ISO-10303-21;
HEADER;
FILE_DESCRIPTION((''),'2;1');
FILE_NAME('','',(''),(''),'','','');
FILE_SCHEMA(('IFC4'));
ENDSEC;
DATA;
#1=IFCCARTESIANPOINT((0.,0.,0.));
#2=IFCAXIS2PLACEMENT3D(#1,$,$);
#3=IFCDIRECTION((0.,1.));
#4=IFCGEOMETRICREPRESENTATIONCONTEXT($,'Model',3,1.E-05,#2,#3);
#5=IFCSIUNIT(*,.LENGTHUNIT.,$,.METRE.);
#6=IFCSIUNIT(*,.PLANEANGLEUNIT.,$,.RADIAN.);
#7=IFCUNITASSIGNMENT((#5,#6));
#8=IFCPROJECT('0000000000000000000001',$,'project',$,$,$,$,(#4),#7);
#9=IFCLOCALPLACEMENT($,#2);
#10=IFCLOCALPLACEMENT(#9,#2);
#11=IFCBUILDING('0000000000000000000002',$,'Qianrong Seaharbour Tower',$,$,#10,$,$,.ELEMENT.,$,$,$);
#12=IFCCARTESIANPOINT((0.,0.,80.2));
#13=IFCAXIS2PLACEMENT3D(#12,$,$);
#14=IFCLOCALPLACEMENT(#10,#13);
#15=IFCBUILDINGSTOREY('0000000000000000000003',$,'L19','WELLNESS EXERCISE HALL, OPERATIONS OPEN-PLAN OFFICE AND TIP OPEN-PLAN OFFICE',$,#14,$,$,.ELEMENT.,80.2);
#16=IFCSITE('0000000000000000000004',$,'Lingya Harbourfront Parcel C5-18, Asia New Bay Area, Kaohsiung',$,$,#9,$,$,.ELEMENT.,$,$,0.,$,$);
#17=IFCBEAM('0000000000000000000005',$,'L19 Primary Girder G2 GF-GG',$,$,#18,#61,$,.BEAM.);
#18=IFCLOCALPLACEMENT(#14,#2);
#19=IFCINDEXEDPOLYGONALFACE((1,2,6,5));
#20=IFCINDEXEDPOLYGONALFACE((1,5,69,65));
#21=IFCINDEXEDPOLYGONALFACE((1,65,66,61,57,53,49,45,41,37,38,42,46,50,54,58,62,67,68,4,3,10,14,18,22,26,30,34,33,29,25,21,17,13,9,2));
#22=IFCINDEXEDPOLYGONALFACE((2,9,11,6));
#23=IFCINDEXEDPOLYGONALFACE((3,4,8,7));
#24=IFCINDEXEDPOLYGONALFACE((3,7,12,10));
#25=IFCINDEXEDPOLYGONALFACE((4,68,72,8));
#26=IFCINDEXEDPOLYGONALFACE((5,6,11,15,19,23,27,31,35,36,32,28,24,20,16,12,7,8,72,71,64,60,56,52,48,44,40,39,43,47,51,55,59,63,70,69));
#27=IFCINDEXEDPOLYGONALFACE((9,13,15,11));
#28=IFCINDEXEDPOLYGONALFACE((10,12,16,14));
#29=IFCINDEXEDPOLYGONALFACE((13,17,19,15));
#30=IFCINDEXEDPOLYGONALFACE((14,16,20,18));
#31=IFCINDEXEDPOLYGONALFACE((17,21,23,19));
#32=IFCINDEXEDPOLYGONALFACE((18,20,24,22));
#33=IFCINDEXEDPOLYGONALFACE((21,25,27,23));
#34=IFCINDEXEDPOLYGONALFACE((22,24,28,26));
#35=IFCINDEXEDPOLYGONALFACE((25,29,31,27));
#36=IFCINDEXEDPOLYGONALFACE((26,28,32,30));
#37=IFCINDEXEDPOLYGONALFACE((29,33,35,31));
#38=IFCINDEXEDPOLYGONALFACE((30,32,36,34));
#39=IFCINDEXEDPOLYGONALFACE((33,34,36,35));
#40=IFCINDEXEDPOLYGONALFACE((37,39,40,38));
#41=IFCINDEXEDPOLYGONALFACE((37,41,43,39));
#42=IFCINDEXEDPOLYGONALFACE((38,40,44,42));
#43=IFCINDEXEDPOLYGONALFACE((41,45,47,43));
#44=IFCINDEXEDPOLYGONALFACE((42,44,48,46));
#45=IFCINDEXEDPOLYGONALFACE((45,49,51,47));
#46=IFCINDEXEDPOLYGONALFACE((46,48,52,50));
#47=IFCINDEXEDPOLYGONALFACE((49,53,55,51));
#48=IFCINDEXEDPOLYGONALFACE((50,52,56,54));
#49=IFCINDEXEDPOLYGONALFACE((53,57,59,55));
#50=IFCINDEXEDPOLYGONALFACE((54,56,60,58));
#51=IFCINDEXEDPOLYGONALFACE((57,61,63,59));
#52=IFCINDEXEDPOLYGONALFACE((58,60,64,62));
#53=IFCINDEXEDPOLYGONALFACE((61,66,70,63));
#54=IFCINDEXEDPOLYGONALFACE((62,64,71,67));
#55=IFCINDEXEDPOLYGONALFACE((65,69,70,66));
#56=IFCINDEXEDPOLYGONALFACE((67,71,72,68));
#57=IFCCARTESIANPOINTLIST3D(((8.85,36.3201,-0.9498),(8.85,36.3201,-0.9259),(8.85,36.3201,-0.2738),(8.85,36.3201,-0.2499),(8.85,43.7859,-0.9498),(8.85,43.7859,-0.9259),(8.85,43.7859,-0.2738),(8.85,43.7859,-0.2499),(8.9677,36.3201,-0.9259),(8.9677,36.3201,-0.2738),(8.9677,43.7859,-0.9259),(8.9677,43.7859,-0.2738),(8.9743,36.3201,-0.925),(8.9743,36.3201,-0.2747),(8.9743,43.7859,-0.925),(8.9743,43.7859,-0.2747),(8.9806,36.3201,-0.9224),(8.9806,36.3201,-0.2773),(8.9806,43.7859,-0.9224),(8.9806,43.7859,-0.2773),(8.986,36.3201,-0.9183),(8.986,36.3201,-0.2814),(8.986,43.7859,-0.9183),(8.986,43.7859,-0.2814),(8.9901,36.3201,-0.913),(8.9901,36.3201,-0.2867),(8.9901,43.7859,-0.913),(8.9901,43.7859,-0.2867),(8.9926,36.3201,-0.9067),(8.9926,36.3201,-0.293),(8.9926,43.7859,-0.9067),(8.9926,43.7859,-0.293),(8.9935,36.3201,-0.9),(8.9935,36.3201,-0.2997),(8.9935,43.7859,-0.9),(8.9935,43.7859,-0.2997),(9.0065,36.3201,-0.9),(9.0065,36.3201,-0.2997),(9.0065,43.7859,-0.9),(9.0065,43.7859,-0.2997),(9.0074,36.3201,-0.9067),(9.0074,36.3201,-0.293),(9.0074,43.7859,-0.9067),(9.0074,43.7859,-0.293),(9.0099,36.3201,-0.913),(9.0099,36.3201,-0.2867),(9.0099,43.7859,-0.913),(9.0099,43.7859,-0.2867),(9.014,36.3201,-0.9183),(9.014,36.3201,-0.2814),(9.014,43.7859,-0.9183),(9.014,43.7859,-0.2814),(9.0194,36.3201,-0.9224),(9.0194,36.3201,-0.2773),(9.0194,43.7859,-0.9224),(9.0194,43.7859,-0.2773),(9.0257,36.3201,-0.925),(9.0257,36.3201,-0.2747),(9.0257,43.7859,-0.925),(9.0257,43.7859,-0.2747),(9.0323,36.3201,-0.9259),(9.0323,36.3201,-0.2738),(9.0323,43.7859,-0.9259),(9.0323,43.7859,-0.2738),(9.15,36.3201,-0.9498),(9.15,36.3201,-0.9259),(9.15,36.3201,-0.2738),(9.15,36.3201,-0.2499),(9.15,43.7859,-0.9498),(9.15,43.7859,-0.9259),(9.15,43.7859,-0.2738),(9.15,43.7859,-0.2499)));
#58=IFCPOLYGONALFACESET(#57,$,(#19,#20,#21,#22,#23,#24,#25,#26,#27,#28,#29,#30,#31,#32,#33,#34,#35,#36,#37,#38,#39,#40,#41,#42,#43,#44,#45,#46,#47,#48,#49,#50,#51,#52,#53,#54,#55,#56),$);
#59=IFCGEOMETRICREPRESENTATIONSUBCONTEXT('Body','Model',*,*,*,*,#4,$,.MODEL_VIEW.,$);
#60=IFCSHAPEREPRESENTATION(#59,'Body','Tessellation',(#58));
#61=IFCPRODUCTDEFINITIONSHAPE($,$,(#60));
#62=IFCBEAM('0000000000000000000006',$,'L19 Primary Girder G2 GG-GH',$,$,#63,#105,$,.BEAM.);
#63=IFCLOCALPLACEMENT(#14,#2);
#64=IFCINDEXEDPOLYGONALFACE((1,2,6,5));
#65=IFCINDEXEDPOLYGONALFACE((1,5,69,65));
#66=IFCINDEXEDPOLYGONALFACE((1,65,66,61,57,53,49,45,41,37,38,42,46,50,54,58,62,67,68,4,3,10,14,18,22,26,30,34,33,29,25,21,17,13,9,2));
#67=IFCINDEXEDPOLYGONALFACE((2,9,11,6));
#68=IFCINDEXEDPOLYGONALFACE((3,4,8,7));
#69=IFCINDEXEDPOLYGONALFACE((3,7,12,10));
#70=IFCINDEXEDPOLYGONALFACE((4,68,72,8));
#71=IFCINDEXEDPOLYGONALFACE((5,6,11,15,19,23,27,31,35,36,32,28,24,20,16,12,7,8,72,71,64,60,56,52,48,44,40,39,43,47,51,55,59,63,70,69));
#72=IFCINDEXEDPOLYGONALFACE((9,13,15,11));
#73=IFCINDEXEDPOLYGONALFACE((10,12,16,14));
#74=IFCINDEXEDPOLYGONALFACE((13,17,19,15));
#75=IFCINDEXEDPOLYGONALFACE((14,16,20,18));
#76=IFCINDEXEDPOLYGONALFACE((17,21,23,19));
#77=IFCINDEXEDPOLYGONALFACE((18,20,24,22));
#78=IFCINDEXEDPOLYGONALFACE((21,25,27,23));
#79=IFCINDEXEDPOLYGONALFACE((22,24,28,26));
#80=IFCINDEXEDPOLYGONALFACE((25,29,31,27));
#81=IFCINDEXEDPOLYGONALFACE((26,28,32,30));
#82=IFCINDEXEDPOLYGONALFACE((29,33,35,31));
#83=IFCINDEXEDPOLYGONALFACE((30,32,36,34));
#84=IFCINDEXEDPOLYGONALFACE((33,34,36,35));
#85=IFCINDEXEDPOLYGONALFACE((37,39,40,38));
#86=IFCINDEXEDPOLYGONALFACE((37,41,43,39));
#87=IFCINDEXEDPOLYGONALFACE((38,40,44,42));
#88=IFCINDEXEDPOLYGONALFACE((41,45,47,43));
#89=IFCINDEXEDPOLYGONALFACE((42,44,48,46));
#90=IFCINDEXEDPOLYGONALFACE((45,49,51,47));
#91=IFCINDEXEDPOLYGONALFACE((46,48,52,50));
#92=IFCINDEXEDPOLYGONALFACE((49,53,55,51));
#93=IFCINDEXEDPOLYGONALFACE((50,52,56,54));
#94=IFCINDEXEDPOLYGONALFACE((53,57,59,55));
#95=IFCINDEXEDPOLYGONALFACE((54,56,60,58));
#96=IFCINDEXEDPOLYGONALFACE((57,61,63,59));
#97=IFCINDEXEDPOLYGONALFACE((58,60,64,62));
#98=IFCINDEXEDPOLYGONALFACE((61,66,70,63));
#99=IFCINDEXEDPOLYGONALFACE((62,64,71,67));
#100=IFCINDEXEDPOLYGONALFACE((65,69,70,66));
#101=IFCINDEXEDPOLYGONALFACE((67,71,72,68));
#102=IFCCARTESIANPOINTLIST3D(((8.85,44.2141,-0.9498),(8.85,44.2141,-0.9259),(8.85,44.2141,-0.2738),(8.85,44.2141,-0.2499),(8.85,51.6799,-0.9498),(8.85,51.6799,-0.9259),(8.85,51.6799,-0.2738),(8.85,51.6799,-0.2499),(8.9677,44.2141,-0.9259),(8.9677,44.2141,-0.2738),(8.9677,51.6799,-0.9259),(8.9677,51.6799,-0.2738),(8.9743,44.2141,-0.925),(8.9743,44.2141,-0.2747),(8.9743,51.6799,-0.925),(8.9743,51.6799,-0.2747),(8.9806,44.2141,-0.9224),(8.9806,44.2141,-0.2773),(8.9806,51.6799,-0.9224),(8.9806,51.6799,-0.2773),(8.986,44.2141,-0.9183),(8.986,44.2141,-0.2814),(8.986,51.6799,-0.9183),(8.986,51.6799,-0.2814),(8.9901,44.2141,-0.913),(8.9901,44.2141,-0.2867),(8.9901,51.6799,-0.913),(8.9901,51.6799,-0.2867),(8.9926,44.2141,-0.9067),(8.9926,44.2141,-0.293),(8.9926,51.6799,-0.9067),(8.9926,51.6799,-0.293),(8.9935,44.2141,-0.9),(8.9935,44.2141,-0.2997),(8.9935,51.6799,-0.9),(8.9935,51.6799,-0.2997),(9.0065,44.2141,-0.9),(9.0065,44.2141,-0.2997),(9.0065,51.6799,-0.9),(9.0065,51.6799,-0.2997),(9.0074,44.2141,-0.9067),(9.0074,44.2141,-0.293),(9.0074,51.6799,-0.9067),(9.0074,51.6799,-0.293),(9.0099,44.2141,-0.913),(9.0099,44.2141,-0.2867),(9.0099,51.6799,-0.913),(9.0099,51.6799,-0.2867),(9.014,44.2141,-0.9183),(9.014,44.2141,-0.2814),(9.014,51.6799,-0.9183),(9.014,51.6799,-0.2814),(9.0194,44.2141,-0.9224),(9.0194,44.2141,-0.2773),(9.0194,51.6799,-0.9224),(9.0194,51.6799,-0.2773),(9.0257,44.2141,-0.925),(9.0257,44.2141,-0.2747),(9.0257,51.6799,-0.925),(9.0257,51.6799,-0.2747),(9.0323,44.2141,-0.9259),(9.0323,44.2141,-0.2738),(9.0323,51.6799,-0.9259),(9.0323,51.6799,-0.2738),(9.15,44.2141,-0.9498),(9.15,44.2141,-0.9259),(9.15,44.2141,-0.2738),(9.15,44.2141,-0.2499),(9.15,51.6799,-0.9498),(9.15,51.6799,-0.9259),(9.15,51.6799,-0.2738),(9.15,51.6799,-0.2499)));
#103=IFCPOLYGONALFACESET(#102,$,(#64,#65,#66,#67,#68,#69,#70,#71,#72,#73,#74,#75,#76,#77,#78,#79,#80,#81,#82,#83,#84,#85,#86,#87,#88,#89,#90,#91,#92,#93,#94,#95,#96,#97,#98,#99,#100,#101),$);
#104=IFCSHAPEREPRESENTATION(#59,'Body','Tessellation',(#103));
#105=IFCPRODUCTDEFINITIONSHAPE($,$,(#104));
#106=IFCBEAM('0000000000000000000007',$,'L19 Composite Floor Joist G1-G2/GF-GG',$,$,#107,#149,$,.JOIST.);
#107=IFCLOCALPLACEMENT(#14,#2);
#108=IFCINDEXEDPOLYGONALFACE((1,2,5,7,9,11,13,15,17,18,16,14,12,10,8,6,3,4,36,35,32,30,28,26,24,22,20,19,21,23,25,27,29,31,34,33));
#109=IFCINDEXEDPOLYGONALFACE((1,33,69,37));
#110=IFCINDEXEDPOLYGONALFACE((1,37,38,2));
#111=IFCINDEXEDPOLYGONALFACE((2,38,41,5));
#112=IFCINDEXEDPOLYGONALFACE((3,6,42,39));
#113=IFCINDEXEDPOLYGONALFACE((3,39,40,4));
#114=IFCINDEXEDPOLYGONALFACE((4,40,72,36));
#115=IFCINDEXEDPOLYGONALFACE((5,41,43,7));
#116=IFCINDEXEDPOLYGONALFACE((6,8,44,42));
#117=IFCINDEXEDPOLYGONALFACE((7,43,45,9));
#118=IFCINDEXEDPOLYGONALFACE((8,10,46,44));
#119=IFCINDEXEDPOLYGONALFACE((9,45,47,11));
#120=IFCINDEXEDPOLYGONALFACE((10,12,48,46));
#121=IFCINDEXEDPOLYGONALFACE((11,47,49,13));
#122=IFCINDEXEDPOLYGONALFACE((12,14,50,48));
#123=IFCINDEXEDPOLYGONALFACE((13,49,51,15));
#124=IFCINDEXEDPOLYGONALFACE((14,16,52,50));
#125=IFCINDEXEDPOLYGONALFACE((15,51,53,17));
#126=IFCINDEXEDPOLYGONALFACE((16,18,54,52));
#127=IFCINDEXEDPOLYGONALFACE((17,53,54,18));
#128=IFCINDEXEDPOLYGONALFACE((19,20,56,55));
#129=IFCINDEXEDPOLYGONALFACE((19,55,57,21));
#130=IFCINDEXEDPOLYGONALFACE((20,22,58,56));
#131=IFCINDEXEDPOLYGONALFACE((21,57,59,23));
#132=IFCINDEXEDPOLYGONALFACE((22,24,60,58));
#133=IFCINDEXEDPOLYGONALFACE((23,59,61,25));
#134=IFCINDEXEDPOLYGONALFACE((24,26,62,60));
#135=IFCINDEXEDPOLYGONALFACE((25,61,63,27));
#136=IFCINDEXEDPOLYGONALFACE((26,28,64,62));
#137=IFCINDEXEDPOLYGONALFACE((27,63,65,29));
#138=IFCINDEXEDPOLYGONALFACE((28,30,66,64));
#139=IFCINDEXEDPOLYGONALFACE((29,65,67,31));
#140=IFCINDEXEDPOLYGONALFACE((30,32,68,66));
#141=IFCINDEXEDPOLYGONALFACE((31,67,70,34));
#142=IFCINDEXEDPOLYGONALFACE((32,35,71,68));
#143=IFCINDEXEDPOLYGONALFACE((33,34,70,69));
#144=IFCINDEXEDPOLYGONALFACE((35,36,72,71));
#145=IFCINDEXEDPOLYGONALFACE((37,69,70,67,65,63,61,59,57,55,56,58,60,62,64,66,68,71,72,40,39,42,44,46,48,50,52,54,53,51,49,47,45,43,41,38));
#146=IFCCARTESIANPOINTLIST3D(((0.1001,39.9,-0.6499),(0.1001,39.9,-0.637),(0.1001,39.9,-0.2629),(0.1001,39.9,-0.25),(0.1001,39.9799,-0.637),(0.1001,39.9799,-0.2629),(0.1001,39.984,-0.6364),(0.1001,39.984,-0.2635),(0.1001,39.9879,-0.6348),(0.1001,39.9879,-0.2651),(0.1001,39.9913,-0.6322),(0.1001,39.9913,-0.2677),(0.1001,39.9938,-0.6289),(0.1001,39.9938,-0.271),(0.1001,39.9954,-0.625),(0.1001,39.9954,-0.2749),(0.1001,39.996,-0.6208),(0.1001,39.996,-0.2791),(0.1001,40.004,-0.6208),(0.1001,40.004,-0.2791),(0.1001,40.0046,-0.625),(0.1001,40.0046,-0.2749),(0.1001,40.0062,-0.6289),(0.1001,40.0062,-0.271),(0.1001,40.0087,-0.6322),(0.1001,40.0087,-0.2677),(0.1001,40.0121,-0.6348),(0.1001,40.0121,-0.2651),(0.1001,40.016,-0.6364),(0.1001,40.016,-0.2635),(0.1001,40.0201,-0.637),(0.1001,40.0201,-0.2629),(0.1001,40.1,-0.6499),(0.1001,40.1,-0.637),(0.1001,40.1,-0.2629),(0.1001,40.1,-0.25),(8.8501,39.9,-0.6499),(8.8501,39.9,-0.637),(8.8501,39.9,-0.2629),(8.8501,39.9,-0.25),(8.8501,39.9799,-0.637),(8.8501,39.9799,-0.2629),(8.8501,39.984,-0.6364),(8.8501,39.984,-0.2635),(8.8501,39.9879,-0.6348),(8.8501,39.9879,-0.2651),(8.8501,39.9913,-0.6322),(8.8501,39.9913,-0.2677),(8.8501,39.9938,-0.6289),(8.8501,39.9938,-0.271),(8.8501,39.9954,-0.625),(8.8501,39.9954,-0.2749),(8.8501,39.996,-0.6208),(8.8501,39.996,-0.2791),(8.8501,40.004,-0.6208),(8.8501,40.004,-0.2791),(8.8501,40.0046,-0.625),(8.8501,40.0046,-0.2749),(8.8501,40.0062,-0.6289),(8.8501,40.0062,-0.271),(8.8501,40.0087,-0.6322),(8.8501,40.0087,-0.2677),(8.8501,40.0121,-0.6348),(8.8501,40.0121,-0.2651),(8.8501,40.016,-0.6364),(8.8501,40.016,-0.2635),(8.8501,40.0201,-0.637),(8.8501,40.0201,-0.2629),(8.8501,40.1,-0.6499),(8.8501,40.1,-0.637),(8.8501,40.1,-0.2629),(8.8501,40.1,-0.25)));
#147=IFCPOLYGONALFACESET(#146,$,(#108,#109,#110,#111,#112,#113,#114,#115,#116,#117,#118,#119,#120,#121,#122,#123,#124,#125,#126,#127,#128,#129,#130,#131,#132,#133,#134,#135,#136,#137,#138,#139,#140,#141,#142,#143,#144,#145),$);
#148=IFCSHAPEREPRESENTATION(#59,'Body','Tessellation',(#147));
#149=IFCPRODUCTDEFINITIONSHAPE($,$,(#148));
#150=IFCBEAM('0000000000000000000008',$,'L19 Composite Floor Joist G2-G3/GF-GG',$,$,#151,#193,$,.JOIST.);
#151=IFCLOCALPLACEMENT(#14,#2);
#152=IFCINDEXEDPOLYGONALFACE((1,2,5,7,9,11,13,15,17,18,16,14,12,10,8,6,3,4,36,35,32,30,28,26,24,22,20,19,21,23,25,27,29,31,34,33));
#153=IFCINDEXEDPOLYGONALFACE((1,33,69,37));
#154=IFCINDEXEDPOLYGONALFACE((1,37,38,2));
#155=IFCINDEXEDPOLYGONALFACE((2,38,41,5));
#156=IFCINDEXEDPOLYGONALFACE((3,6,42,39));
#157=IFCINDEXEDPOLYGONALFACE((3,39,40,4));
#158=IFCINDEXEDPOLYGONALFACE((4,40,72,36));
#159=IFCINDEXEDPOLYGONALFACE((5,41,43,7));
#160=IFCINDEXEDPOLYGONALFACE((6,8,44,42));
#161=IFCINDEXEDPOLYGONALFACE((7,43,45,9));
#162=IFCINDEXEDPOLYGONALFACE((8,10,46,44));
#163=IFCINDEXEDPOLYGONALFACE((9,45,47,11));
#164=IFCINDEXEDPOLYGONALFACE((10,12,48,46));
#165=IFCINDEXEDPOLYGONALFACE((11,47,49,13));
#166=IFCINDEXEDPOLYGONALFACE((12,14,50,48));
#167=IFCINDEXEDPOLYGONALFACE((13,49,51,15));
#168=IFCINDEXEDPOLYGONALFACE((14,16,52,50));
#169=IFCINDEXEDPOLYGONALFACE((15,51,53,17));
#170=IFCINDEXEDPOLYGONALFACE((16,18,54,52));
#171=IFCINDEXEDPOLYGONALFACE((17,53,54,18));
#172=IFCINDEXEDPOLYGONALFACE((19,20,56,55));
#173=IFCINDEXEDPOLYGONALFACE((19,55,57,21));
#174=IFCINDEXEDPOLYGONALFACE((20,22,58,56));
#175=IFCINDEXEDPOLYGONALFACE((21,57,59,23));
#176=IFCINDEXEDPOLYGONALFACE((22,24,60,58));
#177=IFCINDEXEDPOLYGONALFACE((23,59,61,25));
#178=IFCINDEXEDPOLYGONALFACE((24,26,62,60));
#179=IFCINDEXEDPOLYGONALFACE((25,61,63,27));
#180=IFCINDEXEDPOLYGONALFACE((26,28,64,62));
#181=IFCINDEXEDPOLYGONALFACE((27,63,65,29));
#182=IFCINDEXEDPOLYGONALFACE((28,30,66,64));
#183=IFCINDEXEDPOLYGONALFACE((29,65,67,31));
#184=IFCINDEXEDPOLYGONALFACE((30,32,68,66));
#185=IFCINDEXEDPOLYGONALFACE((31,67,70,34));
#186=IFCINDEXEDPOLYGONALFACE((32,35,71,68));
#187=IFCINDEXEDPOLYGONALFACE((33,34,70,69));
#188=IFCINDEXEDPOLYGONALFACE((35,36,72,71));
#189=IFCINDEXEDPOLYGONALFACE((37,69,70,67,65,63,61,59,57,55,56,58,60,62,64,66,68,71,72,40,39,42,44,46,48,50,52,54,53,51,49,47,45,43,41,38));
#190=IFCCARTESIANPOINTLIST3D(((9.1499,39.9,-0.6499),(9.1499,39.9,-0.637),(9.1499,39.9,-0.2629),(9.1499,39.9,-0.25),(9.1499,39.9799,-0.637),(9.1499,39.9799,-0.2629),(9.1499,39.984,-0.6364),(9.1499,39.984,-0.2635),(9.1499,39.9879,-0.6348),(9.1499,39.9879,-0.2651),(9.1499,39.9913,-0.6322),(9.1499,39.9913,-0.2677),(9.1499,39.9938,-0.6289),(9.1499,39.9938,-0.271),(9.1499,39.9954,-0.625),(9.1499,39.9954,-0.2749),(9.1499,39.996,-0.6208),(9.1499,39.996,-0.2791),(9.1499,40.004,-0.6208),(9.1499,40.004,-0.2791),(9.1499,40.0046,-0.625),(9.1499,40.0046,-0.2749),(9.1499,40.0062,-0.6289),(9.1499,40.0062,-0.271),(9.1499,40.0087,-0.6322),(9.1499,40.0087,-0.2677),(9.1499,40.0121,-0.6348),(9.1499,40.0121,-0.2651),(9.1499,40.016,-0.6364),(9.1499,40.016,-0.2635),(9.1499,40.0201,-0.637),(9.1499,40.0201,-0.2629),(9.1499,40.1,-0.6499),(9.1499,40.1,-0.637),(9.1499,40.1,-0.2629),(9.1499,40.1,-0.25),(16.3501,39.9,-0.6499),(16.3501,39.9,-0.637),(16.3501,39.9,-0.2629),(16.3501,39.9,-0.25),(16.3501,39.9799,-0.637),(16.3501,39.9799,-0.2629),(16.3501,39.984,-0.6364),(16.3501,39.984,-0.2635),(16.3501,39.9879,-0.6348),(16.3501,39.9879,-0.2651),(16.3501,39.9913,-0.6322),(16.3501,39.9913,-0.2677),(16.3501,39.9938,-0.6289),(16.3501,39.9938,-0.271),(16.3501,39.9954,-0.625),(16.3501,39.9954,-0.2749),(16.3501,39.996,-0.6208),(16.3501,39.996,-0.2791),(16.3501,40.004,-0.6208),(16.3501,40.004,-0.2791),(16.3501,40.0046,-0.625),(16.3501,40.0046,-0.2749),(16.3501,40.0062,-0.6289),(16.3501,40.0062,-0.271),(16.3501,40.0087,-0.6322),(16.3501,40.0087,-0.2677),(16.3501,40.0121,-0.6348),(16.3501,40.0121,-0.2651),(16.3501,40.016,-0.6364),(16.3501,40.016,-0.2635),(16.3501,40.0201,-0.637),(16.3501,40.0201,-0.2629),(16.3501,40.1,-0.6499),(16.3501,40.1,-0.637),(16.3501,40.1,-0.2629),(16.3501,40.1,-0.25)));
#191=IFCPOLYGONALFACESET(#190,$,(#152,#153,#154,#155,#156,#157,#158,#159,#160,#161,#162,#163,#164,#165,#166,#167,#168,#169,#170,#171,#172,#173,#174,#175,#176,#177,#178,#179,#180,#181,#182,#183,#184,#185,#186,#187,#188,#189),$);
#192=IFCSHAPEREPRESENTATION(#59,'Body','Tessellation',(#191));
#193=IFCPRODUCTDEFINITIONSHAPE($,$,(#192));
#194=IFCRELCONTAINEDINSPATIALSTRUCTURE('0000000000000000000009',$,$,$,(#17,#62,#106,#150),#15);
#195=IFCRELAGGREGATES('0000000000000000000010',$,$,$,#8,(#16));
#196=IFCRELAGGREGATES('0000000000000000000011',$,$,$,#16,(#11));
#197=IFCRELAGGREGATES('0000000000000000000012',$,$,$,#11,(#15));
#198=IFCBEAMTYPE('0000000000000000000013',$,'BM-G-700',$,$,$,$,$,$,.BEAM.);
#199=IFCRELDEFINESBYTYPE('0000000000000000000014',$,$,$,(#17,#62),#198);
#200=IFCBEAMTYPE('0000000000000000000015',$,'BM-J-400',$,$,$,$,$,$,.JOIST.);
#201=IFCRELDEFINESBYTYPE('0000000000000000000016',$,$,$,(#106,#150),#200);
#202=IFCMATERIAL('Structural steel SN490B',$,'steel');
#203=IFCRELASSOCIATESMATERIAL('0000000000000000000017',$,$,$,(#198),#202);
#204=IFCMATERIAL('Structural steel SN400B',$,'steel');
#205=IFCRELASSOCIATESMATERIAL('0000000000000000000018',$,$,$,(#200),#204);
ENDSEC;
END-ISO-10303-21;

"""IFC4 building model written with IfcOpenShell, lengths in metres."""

from ifc_helpers import new_model, si_unit, direction, frame, origin, origin_2d, place, context, subcontext, project, spatial, i_section, extrude, material, material_profile, profile_set, type_object, element, save


model = new_model("IFC4")

# Units and contexts
model_context = context("Model", 3, precision=1e-05, world=origin(), true_north=direction((0.0, 1.0)))
body_context = subcontext(model_context, "Body", "Model", "MODEL_VIEW")
ifc_project = project(units=[si_unit("LENGTHUNIT", "METRE"), si_unit("PLANEANGLEUNIT", "RADIAN")], contexts=[model_context])

# Site, building, storey
site_placement = place(None, origin())
site = spatial("IfcSite", under=ifc_project, at=site_placement, Name="Lingya Harbourfront Parcel C5-18, Asia New Bay Area, Kaohsiung", CompositionType="ELEMENT", RefElevation=0.0)
building_placement = place(site_placement, origin())
building = spatial("IfcBuilding", under=site, at=building_placement, Name="Qianrong Seaharbour Tower", CompositionType="ELEMENT")
storey_placement = place(building_placement, frame((0.0, 0.0, 80.2)))
storey = spatial("IfcBuildingStorey", under=building, at=storey_placement, Name="L19", Description="WELLNESS EXERCISE HALL, OPERATIONS OPEN-PLAN OFFICE AND TIP OPEN-PLAN OFFICE", CompositionType="ELEMENT", Elevation=80.2)

# Shared definitions
ifc_material_1 = material(Name="Structural steel SN490B", Category="steel")

# Beams
ifc_material_profile_1 = material_profile(ifc_material_1, i_section(OverallWidth=0.3, OverallDepth=0.7, WebThickness=0.0129, FlangeThickness=0.0239, FilletRadius=0.0259, at=origin_2d()), Name="H700x300x13x24")
ifc_profile_set_1 = profile_set([ifc_material_profile_1], Name="Structural steel SN490B")
beam_type_1 = type_object("IfcBeamType", Name="BM-G-700", PredefinedType="BEAM", material=ifc_profile_set_1)
for number, where, z_axis, x_axis, name in (
    (1, (9.0, 36.3201, -0.5999), (0.0, 1.0, 0.0), (-1.0, 0.0, 0.0), "L19 Primary Girder G2 GF-GG"),
    (2, (9.0, 44.2141, -0.5999), (0.0, 1.0, 0.0), (-1.0, 0.0, 0.0), "L19 Primary Girder G2 GG-GH"),
):
    element("IfcBeam", number, at=place(storey_placement, frame(where, z_axis=z_axis, x_axis=x_axis)), inside=storey, type_object=beam_type_1, Name=name, PredefinedType="BEAM", context=body_context, shape_type="SweptSolid", body=[
        extrude(i_section(OverallWidth=0.3, OverallDepth=0.7, WebThickness=0.0129, FlangeThickness=0.0239, FilletRadius=0.0259, at=origin_2d()), origin(), (0.0, 0.0, 1.0), 7.4658),
    ])
ifc_material_2 = material(Name="Structural steel SN400B", Category="steel")
ifc_material_profile_2 = material_profile(ifc_material_2, i_section(OverallWidth=0.2, OverallDepth=0.3999, WebThickness=0.0081, FlangeThickness=0.0129, FilletRadius=0.0161, at=origin_2d()), Name="H400x200x8x13")
ifc_profile_set_2 = profile_set([ifc_material_profile_2], Name="Structural steel SN400B")
beam_type_2 = type_object("IfcBeamType", Name="BM-J-400", PredefinedType="JOIST", material=ifc_profile_set_2)
beam_1_placement = place(storey_placement, frame((0.1001, 40.0, -0.45), z_axis=(1.0, 0.0, 0.0), x_axis=(0.0, 1.0, 0.0)))
element("IfcBeam", 3, at=beam_1_placement, inside=storey, type_object=beam_type_2, Name="L19 Composite Floor Joist G1-G2/GF-GG", PredefinedType="JOIST", context=body_context, shape_type="SweptSolid", body=[
    extrude(i_section(OverallWidth=0.2, OverallDepth=0.3999, WebThickness=0.0081, FlangeThickness=0.0129, FilletRadius=0.0161, at=origin_2d()), origin(), (0.0, 0.0, 1.0), 8.75),
])
for number, where, z_axis, x_axis, name in (
    (4, (9.1499, 40.0, -0.45), (1.0, 0.0, 0.0), (0.0, 1.0, 0.0), "L19 Composite Floor Joist G2-G3/GF-GG"),
):
    element("IfcBeam", number, at=place(storey_placement, frame(where, z_axis=z_axis, x_axis=x_axis)), inside=storey, type_object=beam_type_2, Name=name, PredefinedType="JOIST", context=body_context, shape_type="SweptSolid", body=[
        extrude(i_section(OverallWidth=0.2, OverallDepth=0.3999, WebThickness=0.0081, FlangeThickness=0.0129, FilletRadius=0.0161, at=origin_2d()), origin(), (0.0, 0.0, 1.0), 7.2002),
    ])

save(model, "model.ifc")
